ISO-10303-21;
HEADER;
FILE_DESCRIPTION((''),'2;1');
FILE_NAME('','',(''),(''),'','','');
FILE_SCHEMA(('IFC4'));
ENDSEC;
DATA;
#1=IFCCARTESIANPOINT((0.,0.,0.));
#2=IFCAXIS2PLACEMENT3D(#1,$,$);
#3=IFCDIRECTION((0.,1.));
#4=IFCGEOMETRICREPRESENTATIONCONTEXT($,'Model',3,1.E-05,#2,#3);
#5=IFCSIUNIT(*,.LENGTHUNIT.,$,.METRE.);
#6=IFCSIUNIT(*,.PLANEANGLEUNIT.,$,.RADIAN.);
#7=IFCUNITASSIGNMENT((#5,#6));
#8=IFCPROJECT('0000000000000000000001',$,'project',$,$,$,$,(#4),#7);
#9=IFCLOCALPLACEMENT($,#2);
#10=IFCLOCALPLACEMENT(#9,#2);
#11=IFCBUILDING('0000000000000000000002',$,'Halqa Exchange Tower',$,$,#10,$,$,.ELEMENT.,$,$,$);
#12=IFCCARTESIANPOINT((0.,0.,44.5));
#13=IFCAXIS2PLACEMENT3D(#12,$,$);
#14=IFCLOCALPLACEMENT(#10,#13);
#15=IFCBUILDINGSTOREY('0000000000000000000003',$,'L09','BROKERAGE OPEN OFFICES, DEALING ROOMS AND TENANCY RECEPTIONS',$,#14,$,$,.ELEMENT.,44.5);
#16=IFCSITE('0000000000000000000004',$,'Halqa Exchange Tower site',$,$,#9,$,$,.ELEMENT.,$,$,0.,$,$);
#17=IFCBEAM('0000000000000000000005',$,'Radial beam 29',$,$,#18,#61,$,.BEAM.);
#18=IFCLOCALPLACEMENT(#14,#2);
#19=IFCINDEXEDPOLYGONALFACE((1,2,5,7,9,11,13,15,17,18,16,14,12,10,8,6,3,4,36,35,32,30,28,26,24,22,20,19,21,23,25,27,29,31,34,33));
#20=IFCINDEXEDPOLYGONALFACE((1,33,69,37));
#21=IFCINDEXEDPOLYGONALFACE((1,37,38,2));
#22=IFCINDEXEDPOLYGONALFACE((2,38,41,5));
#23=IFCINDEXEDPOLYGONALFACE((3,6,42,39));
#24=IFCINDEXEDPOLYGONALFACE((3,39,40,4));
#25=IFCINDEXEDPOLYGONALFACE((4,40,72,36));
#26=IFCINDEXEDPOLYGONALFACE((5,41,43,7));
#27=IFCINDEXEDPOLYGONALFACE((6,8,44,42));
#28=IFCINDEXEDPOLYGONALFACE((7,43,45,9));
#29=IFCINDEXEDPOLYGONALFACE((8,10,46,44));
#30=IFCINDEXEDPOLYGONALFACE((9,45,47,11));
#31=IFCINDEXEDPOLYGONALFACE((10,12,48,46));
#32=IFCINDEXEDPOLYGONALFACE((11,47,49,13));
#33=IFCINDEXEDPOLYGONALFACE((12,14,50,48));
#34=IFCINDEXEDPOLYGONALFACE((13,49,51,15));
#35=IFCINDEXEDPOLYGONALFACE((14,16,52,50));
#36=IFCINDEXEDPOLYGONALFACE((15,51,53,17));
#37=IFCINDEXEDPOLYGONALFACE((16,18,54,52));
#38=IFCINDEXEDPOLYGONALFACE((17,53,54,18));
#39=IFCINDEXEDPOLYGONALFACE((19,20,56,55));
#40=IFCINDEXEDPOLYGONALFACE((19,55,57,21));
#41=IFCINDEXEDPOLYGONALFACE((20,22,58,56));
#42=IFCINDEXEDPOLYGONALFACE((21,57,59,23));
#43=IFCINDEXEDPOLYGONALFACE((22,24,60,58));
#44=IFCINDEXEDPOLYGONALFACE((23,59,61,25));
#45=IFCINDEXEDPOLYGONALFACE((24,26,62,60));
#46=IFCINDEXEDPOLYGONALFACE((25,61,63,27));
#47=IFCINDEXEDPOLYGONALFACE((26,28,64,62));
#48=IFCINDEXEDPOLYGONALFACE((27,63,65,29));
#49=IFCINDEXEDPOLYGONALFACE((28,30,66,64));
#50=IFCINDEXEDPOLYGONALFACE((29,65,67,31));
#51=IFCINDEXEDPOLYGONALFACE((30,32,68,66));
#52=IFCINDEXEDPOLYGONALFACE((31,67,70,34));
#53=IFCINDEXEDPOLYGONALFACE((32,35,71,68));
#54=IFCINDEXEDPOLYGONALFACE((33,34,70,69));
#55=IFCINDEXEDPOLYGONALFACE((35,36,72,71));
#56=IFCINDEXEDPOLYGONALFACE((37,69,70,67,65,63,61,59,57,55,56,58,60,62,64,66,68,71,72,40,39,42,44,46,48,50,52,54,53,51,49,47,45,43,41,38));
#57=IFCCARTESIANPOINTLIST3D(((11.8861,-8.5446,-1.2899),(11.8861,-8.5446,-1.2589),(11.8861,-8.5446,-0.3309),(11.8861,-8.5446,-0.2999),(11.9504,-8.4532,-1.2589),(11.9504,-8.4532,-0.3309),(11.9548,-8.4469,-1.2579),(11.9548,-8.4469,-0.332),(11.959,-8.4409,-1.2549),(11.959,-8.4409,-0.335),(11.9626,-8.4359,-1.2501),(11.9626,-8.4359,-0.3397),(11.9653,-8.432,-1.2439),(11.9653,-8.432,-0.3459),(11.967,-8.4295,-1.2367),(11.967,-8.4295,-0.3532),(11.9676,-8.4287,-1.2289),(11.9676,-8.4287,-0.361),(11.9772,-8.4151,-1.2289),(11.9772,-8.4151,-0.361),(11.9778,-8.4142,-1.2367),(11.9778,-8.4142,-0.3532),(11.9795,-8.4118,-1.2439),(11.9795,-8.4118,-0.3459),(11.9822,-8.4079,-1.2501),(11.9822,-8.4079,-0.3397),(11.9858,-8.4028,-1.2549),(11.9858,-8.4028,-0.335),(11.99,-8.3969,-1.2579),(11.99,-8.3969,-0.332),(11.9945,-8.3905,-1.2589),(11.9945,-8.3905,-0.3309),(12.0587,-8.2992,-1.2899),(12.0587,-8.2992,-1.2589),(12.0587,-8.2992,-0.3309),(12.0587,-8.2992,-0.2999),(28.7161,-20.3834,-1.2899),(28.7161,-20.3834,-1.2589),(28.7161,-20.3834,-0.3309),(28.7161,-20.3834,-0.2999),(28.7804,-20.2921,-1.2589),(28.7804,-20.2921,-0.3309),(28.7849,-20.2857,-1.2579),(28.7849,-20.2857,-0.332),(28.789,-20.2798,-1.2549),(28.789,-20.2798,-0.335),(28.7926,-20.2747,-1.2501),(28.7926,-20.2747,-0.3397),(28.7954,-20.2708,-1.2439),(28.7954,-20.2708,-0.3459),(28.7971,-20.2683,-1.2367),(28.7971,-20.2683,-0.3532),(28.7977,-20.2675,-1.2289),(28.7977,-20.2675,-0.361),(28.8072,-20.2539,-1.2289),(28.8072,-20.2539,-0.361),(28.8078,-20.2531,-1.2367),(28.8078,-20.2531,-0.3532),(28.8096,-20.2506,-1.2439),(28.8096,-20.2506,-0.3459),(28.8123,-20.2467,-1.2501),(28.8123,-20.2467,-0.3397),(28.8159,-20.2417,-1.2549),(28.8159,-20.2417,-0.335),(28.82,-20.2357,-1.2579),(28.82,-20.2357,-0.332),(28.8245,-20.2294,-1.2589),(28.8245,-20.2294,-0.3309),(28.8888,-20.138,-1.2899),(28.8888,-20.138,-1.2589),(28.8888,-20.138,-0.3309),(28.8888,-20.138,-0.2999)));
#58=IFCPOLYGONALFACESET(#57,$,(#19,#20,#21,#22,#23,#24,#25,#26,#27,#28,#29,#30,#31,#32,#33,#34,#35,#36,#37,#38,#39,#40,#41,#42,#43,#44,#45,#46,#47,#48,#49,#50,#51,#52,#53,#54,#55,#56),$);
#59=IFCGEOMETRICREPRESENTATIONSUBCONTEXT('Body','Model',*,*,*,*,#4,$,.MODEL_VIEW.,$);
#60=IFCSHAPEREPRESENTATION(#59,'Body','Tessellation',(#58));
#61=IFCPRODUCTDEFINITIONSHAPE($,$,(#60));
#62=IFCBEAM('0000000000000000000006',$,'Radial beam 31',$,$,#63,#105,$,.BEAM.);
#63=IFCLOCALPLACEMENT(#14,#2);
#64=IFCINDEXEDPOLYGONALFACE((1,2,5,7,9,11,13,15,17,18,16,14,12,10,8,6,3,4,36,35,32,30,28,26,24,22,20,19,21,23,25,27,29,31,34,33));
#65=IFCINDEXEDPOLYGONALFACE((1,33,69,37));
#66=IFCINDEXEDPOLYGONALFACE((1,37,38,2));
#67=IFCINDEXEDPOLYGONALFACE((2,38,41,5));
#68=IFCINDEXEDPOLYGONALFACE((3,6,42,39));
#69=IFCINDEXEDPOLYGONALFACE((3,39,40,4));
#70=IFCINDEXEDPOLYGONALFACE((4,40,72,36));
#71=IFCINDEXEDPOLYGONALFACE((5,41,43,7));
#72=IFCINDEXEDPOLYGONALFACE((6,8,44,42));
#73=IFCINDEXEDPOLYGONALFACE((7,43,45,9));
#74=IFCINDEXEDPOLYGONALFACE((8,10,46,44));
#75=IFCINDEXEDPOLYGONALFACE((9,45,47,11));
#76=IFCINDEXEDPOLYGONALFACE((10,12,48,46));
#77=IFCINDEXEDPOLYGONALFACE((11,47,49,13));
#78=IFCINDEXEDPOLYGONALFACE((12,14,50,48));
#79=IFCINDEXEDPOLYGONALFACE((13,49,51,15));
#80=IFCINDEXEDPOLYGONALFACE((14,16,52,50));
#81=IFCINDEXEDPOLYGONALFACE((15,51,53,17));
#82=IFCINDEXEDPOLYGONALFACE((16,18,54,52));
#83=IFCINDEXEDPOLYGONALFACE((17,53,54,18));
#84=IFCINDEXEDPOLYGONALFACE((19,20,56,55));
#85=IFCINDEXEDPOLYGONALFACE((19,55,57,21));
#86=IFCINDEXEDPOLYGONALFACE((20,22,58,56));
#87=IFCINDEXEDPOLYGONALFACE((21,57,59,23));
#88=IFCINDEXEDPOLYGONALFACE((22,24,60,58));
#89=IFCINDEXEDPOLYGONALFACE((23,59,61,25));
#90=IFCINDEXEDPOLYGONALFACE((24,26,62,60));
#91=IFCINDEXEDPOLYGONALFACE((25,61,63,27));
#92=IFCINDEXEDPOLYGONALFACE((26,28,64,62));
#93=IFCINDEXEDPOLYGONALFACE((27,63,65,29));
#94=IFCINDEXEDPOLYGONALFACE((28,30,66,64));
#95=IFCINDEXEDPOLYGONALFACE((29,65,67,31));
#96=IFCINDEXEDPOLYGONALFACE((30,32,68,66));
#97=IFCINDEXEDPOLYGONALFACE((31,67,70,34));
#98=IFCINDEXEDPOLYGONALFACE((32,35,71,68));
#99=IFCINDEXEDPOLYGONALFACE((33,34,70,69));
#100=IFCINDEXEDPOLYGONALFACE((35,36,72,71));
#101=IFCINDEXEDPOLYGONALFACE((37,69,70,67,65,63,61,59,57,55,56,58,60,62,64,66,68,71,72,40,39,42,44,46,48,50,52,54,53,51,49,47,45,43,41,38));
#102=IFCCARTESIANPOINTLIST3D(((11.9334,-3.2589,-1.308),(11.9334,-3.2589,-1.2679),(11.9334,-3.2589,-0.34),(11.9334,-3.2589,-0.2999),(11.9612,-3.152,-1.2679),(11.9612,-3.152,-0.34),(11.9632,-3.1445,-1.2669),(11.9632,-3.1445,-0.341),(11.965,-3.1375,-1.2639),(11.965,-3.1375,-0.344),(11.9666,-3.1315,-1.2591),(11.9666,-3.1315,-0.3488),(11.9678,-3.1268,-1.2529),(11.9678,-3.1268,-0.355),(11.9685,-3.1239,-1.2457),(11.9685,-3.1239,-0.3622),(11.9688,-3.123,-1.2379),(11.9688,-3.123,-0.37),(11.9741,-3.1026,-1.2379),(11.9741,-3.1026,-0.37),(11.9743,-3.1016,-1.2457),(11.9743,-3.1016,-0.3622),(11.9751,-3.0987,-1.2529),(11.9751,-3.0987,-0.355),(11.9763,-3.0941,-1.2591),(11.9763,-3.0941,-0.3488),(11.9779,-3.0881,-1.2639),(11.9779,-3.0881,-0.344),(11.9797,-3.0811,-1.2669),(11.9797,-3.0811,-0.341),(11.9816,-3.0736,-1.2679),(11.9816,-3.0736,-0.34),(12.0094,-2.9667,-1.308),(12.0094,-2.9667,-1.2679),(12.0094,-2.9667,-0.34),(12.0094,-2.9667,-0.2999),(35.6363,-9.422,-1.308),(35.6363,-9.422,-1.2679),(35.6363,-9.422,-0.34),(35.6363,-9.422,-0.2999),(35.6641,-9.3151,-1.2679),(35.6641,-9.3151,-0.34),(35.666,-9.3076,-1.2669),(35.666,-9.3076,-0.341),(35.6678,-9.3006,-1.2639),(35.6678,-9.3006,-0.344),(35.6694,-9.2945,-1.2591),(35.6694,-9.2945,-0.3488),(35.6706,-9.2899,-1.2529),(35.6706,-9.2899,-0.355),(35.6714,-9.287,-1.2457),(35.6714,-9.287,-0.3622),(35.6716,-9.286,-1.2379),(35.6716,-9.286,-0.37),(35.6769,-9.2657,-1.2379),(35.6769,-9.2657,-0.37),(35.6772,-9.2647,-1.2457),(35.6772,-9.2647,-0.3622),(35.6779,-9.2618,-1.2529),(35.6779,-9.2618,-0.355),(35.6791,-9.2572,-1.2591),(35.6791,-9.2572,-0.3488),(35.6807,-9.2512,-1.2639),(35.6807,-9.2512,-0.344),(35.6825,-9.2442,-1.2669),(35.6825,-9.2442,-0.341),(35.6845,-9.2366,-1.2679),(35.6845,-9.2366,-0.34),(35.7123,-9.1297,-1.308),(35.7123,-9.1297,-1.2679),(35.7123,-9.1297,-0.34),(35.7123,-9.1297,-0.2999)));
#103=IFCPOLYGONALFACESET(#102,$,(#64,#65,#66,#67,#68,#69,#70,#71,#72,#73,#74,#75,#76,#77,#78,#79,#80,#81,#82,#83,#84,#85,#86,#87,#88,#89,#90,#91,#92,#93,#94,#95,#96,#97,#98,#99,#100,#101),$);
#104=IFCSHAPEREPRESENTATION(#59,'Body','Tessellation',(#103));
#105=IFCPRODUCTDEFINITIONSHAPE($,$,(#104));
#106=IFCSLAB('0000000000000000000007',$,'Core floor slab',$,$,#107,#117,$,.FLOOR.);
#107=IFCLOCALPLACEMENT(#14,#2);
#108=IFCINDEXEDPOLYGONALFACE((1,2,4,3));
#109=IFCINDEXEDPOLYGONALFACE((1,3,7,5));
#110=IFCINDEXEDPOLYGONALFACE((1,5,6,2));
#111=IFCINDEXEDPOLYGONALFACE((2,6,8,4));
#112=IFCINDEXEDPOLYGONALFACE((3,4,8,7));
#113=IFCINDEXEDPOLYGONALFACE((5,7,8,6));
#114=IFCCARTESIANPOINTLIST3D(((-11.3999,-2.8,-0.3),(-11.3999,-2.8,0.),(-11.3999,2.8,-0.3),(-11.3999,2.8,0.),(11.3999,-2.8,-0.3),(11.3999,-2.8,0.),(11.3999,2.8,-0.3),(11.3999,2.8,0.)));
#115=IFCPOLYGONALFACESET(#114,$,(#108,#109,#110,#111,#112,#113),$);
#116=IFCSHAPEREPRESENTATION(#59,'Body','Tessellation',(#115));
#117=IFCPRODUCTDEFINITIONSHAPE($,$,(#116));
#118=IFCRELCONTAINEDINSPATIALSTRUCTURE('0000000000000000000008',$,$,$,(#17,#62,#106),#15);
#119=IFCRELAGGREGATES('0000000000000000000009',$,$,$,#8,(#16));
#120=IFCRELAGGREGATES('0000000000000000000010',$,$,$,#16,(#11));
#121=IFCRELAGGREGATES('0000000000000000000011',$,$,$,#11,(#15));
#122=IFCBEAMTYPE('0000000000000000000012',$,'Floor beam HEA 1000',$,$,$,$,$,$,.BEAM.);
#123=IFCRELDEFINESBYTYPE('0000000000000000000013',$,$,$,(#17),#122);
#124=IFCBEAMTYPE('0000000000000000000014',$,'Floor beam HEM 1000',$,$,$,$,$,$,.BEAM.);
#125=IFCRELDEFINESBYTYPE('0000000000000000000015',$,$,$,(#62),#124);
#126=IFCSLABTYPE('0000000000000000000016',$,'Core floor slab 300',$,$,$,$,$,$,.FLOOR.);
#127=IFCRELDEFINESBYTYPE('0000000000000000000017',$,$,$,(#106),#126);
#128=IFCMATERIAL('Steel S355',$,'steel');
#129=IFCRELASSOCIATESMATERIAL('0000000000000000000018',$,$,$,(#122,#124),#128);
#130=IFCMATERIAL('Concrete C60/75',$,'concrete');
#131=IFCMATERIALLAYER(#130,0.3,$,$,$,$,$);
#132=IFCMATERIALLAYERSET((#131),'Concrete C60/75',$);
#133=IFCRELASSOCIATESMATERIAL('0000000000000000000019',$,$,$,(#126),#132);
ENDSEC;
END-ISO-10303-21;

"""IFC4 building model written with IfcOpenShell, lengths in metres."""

from ifc_helpers import new_model, si_unit, direction, frame, origin, origin_2d, place, context, subcontext, project, spatial, polyline, i_section, outline, extrude, material, layer, layer_set, material_profile, profile_set, type_object, element, save


model = new_model("IFC4")

# Units and contexts
model_context = context("Model", 3, precision=1e-05, world=origin(), true_north=direction((0.0, 1.0)))
body_context = subcontext(model_context, "Body", "Model", "MODEL_VIEW")
ifc_project = project(units=[si_unit("LENGTHUNIT", "METRE"), si_unit("PLANEANGLEUNIT", "RADIAN")], contexts=[model_context])

# Site, building, storey
site_placement = place(None, origin())
site = spatial("IfcSite", under=ifc_project, at=site_placement, Name="Halqa Exchange Tower site", CompositionType="ELEMENT", RefElevation=0.0)
building_placement = place(site_placement, origin())
building = spatial("IfcBuilding", under=site, at=building_placement, Name="Halqa Exchange Tower", CompositionType="ELEMENT")
storey_placement = place(building_placement, frame((0.0, 0.0, 44.5)))
storey = spatial("IfcBuildingStorey", under=building, at=storey_placement, Name="L09", Description="BROKERAGE OPEN OFFICES, DEALING ROOMS AND TENANCY RECEPTIONS", CompositionType="ELEMENT", Elevation=44.5)

# Beams
ifc_material_1 = material(Name="Steel S355", Category="steel")
ifc_material_profile_1 = material_profile(ifc_material_1, i_section(OverallWidth=0.3, OverallDepth=0.99, WebThickness=0.0166, FlangeThickness=0.031, FilletRadius=0.03, at=origin_2d()), Name="HEA 1000")
ifc_profile_set_1 = profile_set([ifc_material_profile_1], Name="Steel S355")
beam_type_1 = type_object("IfcBeamType", Name="Floor beam HEA 1000", PredefinedType="BEAM", material=ifc_profile_set_1)
beam_1_placement = place(storey_placement, frame((11.9724, -8.4219, -0.7949), z_axis=(0.81791, -0.575346, 0.0), x_axis=(0.575346, 0.81791, 0.0)))
element("IfcBeam", 1, at=beam_1_placement, inside=storey, type_object=beam_type_1, Name="Radial beam 29", PredefinedType="BEAM", context=body_context, shape_type="SweptSolid", body=[
    extrude(i_section(OverallWidth=0.3, OverallDepth=0.99, WebThickness=0.0166, FlangeThickness=0.031, FilletRadius=0.03, at=origin_2d()), origin(), (0.0, 0.0, 1.0), 20.5769),
])
ifc_material_profile_2 = material_profile(ifc_material_1, i_section(OverallWidth=0.302, OverallDepth=1.0081, WebThickness=0.021, FlangeThickness=0.04, FilletRadius=0.03, at=origin_2d()), Name="HEM 1000")
ifc_profile_set_2 = profile_set([ifc_material_profile_2], Name="Steel S355")
beam_type_2 = type_object("IfcBeamType", Name="Floor beam HEM 1000", PredefinedType="BEAM", material=ifc_profile_set_2)
beam_2_placement = place(storey_placement, frame((11.9714, -3.1128, -0.804), z_axis=(0.967819, -0.251647, 0.0), x_axis=(0.251647, 0.967819, 0.0)))
element("IfcBeam", 2, at=beam_2_placement, inside=storey, type_object=beam_type_2, Name="Radial beam 31", PredefinedType="BEAM", context=body_context, shape_type="SweptSolid", body=[
    extrude(i_section(OverallWidth=0.302, OverallDepth=1.0081, WebThickness=0.021, FlangeThickness=0.04, FilletRadius=0.03, at=origin_2d()), origin(), (0.0, 0.0, 1.0), 24.491),
])

# Slab
ifc_material_2 = material(Name="Concrete C60/75", Category="concrete")
ifc_layer_1 = layer(ifc_material_2, 0.3)
ifc_layer_set_1 = layer_set([ifc_layer_1], Name="Concrete C60/75")
slab_type_1 = type_object("IfcSlabType", Name="Core floor slab 300", PredefinedType="FLOOR", material=ifc_layer_set_1)
slab_1_placement = place(storey_placement, frame((0.0, 0.0, -0.3)))
element("IfcSlab", 3, at=slab_1_placement, inside=storey, type_object=slab_type_1, Name="Core floor slab", PredefinedType="FLOOR", context=body_context, shape_type="SweptSolid", body=[
    extrude(outline(polyline([(-11.3999, 2.8), (11.3999, 2.8), (11.3999, -2.8), (-11.3999, -2.8), (-11.3999, 2.8)])), origin(), (0.0, 0.0, 1.0), 0.3),
])

save(model, "model.ifc")
